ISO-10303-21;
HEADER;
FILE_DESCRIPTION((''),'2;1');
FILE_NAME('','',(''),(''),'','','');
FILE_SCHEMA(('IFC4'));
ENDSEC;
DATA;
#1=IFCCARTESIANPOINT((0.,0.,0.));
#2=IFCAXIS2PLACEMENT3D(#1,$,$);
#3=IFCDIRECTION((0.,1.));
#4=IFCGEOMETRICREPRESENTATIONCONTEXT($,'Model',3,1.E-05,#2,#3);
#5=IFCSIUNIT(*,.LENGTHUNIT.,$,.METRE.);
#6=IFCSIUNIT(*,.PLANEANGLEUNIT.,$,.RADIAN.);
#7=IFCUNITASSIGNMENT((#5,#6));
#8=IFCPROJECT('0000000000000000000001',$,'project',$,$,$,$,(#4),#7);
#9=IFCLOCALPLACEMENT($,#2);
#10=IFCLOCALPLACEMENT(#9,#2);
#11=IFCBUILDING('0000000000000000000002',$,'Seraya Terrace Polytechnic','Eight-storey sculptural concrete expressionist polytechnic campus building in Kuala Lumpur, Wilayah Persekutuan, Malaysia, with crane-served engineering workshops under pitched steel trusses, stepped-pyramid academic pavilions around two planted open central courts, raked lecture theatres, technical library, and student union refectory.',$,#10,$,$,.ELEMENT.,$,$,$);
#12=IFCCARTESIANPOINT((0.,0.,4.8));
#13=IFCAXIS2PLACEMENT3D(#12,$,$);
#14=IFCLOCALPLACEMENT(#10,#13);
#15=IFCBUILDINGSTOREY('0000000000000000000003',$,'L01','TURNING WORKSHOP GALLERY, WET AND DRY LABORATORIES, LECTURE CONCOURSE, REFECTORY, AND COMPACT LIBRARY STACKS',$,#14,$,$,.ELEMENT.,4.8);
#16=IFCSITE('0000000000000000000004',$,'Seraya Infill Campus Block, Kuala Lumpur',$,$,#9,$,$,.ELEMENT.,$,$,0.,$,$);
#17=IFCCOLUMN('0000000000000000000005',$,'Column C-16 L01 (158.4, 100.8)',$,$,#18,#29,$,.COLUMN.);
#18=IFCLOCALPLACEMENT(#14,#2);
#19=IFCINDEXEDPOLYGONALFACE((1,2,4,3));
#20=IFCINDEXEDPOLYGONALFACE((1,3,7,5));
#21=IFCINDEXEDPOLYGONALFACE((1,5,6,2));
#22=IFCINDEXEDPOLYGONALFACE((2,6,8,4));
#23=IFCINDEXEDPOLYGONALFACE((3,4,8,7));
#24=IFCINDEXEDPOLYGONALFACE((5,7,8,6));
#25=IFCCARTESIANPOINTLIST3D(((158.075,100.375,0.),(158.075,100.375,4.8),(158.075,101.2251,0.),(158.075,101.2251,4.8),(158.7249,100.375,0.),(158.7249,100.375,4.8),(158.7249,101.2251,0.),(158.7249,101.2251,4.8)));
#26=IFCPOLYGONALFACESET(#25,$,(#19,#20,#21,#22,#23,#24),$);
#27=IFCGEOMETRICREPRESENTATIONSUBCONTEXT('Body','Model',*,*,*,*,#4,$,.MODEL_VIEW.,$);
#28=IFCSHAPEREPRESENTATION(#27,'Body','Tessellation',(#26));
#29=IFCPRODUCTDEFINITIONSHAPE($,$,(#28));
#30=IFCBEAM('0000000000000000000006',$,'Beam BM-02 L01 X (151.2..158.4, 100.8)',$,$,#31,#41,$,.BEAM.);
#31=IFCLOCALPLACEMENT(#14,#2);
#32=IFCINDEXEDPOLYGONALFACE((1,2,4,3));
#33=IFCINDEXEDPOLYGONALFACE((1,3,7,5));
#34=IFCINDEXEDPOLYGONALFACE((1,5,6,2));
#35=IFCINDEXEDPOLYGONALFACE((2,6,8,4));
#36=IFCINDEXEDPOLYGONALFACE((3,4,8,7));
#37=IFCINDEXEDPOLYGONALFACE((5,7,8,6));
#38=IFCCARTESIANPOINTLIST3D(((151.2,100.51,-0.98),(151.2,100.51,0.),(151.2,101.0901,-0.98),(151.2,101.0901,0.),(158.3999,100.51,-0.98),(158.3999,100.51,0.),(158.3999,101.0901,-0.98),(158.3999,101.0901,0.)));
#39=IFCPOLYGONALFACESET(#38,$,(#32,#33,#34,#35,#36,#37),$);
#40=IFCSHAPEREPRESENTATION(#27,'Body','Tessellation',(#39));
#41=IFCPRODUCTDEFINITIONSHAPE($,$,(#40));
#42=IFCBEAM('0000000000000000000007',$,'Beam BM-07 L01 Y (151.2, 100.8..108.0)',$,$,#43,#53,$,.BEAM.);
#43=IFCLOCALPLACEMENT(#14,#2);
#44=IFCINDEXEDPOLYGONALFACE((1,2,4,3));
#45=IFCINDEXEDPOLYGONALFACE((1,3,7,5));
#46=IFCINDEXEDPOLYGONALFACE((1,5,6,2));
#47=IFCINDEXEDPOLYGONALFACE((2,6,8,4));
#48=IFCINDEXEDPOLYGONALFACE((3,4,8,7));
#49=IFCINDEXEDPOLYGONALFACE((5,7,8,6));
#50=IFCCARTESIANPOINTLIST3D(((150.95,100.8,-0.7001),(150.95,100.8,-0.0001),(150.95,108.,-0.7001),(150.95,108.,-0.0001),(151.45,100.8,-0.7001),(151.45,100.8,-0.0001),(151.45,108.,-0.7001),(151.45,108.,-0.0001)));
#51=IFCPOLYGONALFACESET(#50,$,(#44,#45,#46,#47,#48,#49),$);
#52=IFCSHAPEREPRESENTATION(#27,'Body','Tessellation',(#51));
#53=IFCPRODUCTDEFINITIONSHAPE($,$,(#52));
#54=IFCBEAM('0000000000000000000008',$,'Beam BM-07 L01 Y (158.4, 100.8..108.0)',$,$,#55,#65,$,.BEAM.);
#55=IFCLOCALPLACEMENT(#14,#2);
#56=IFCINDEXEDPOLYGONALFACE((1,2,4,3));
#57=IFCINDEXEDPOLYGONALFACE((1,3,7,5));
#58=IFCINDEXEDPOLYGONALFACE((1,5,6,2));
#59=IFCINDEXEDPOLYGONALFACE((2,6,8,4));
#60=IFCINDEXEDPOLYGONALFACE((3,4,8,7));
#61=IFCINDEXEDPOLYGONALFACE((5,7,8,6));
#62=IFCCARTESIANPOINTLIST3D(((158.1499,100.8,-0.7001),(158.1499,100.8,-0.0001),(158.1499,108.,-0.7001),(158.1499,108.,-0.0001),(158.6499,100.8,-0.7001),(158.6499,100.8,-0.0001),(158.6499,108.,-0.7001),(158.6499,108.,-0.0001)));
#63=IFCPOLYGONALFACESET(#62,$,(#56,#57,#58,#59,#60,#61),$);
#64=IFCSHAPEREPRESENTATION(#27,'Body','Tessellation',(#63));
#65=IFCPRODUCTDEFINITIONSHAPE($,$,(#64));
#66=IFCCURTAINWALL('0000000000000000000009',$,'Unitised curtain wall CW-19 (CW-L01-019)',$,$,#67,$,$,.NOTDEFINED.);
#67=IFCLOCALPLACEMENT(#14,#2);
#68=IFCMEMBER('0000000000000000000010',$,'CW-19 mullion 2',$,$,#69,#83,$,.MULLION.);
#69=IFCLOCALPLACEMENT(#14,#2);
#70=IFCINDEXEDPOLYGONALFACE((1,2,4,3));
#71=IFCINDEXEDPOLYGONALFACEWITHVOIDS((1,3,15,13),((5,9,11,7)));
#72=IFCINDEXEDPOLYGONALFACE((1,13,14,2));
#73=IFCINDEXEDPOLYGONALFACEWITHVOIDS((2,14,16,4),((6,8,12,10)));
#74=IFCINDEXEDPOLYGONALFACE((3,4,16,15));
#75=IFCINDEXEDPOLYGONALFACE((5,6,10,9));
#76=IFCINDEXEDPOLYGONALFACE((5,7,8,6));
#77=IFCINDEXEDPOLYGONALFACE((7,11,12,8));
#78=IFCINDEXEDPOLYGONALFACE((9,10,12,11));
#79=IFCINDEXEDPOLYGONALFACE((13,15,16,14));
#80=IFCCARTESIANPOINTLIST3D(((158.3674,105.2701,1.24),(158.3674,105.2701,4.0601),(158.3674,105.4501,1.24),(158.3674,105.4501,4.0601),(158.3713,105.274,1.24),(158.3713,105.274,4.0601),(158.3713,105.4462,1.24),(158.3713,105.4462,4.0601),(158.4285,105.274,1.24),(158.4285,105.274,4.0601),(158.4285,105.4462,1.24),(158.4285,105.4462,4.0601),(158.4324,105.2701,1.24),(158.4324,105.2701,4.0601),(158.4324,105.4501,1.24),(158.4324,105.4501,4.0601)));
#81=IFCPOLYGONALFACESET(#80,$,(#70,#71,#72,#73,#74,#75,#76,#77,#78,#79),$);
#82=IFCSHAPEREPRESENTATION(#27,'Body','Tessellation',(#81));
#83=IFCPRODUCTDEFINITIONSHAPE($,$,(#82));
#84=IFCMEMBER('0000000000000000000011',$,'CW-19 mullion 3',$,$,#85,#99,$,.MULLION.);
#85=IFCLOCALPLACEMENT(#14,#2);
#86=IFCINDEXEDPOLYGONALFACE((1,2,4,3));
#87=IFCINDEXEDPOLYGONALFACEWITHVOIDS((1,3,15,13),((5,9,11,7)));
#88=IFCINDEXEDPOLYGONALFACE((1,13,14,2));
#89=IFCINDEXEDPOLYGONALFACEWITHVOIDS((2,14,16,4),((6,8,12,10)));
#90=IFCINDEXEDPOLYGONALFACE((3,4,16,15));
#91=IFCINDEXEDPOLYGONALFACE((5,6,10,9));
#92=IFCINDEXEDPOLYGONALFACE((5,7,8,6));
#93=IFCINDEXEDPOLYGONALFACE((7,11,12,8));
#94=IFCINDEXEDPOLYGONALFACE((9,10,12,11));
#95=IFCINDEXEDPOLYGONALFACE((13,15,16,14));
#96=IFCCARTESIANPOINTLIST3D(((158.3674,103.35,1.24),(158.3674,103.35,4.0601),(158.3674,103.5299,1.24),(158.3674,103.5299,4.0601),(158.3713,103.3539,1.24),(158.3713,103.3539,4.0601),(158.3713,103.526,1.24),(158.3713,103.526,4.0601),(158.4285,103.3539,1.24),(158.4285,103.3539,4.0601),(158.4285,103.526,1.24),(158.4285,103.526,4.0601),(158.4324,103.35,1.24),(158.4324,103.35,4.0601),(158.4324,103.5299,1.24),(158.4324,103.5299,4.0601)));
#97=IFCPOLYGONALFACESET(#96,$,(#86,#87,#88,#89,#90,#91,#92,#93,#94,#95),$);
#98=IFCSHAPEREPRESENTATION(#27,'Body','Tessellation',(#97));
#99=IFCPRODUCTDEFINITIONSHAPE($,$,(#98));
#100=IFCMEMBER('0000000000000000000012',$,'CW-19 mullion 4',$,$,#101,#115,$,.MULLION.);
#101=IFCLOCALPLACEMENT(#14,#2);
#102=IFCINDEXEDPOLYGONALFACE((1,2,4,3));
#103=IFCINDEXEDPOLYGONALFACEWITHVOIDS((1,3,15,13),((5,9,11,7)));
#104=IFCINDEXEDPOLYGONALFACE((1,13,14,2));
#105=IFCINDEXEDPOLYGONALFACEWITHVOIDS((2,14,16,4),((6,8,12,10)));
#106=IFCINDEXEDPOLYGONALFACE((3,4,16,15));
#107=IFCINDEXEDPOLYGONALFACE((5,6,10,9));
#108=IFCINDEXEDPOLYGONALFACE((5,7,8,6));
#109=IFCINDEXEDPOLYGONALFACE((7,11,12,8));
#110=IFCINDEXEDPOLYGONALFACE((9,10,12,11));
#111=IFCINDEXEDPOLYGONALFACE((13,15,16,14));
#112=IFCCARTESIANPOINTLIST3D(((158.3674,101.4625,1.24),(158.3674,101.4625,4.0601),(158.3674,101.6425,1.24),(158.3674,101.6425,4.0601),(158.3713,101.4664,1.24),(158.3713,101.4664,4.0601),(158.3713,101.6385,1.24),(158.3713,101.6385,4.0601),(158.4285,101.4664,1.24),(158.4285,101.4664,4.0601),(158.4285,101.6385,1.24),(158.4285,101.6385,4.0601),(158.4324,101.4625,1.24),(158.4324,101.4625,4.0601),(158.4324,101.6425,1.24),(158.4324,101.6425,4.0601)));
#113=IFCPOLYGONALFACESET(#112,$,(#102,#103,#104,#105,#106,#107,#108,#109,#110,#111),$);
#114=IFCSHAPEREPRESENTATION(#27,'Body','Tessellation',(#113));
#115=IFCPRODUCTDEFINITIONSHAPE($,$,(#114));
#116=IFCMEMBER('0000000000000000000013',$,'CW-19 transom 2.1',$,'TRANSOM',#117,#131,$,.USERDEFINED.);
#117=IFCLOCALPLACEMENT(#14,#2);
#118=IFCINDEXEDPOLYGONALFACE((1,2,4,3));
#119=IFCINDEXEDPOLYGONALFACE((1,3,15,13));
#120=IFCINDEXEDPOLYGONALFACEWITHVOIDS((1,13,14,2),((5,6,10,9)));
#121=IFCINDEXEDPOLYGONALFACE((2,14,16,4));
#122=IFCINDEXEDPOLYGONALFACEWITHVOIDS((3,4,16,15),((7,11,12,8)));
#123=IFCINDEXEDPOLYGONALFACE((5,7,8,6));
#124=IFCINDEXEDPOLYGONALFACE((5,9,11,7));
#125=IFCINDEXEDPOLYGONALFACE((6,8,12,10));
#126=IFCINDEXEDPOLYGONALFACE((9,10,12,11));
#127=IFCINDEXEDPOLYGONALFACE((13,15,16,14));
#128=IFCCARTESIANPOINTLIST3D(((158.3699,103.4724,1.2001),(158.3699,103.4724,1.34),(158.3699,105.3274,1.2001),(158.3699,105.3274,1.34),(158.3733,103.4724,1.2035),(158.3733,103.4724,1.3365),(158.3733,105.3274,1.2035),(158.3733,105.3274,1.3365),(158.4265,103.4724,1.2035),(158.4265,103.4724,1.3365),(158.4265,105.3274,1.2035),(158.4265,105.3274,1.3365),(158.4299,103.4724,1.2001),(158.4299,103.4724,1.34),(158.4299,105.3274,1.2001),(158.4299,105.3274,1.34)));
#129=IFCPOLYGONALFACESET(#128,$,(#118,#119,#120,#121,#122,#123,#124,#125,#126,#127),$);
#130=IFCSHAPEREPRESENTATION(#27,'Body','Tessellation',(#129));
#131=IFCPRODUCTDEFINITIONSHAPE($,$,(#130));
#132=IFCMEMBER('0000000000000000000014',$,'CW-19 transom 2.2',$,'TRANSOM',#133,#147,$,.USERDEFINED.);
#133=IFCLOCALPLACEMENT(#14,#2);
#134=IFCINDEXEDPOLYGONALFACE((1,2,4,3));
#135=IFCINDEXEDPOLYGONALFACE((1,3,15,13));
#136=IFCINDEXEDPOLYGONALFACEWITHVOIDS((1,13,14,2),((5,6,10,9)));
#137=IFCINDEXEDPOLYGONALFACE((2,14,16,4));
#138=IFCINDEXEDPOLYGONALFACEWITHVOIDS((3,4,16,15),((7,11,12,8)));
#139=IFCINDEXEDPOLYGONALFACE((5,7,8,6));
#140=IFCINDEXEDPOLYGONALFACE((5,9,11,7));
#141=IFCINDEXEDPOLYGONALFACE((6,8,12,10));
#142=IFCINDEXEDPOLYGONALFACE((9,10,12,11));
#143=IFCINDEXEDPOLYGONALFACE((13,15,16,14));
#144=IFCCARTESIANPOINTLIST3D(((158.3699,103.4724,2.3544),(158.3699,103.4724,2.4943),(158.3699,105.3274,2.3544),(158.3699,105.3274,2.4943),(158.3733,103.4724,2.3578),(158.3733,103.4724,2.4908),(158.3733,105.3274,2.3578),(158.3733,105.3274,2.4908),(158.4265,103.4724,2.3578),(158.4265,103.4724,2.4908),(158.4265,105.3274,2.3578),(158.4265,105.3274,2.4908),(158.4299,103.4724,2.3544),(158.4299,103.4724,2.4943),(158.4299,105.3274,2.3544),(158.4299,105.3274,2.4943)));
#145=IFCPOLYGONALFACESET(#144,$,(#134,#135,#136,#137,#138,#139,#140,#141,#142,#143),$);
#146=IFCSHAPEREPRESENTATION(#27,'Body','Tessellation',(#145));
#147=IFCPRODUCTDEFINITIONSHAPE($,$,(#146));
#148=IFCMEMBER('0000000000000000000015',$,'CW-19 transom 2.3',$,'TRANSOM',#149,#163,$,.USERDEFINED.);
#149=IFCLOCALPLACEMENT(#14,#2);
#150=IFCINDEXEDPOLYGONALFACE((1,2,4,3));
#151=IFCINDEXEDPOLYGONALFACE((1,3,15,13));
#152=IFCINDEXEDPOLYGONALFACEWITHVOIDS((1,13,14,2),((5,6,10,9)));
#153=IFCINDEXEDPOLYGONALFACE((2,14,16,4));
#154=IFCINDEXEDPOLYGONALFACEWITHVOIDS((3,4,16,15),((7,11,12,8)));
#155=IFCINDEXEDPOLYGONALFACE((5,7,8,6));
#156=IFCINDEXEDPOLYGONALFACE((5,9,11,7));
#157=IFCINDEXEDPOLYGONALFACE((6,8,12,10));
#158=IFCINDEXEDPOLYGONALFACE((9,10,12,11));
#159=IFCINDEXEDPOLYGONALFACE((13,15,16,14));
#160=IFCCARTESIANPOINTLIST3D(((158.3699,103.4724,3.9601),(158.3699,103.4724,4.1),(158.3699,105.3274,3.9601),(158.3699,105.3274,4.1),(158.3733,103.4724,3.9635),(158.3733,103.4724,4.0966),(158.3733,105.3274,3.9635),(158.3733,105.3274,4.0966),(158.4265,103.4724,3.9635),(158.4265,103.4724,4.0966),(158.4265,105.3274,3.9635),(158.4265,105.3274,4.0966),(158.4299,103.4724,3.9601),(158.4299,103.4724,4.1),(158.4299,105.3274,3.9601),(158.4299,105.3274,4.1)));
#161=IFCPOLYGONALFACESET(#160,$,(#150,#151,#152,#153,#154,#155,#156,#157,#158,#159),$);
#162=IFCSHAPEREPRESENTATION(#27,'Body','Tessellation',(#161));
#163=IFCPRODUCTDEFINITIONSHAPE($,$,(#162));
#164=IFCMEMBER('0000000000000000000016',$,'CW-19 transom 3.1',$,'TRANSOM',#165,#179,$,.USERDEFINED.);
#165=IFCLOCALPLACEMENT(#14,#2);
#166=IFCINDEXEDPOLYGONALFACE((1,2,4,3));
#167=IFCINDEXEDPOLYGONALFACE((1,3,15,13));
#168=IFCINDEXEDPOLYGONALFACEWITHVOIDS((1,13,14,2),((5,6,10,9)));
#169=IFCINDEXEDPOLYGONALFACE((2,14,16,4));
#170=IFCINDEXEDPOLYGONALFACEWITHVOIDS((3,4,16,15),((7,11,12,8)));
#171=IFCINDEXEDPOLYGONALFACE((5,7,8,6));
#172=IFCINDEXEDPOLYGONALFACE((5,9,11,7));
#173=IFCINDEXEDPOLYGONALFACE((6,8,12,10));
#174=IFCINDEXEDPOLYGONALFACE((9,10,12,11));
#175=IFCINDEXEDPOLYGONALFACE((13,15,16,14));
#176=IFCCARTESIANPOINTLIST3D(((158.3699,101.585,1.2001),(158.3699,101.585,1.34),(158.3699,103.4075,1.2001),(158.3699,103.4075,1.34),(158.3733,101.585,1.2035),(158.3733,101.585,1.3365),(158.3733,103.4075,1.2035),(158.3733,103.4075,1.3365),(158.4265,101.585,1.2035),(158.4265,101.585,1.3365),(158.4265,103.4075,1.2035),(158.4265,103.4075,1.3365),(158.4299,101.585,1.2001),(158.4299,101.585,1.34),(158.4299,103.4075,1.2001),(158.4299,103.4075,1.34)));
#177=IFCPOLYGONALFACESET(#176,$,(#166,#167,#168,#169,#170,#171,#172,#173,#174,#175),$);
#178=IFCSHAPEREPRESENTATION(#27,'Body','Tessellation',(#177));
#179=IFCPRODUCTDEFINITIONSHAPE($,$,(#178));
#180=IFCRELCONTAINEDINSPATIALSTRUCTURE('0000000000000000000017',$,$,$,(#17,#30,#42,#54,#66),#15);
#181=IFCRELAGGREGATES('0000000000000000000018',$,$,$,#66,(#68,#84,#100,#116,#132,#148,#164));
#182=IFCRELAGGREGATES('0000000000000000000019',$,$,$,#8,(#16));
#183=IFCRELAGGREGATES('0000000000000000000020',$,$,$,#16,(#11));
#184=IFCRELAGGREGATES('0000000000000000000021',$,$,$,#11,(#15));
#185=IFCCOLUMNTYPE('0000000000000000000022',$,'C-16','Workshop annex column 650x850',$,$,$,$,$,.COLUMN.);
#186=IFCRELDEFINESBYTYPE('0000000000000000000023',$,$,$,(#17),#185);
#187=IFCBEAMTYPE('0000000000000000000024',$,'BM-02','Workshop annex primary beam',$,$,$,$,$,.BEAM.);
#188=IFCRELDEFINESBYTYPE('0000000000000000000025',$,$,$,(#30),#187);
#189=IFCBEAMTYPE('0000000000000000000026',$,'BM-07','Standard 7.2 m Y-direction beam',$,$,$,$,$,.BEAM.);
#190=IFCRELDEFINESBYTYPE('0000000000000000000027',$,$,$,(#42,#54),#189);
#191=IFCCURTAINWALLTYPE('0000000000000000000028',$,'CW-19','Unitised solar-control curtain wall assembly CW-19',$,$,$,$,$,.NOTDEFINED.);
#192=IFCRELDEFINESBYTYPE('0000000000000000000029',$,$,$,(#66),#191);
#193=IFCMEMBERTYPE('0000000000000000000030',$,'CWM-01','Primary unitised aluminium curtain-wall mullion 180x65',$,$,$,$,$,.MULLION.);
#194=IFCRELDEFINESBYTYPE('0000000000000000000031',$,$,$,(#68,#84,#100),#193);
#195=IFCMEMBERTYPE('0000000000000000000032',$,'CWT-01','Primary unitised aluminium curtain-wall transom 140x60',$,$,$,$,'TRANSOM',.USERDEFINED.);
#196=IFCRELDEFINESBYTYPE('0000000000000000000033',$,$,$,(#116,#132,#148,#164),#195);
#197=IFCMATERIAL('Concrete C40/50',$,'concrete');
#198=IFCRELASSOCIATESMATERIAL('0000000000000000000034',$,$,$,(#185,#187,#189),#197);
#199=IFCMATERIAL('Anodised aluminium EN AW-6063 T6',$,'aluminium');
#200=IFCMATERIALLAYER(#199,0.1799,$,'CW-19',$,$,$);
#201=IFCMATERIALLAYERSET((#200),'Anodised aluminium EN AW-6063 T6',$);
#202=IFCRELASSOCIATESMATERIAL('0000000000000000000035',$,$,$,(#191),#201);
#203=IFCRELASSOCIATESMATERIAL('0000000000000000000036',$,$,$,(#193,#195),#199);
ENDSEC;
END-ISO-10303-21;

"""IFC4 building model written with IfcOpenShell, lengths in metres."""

from ifc_helpers import new_model, si_unit, direction, frame, origin, origin_2d, place, context, subcontext, project, spatial, rectangle, hollow_rectangle, extrude, material, layer, layer_set, material_profile, profile_set, type_object, element, aggregate, save


model = new_model("IFC4")

# Units and contexts
model_context = context("Model", 3, precision=1e-05, world=origin(), true_north=direction((0.0, 1.0)))
body_context = subcontext(model_context, "Body", "Model", "MODEL_VIEW")
ifc_project = project(units=[si_unit("LENGTHUNIT", "METRE"), si_unit("PLANEANGLEUNIT", "RADIAN")], contexts=[model_context])

# Site, building, storey
site_placement = place(None, origin())
site = spatial("IfcSite", under=ifc_project, at=site_placement, Name="Seraya Infill Campus Block, Kuala Lumpur", CompositionType="ELEMENT", RefElevation=0.0)
building_placement = place(site_placement, origin())
building = spatial("IfcBuilding", under=site, at=building_placement, Name="Seraya Terrace Polytechnic", Description="Eight-storey sculptural concrete expressionist polytechnic campus building in Kuala Lumpur, Wilayah Persekutuan, Malaysia, with crane-served engineering workshops under pitched steel trusses, stepped-pyramid academic pavilions around two planted open central courts, raked lecture theatres, technical library, and student union refectory.", CompositionType="ELEMENT")
storey_placement = place(building_placement, frame((0.0, 0.0, 4.8)))
storey = spatial("IfcBuildingStorey", under=building, at=storey_placement, Name="L01", Description="TURNING WORKSHOP GALLERY, WET AND DRY LABORATORIES, LECTURE CONCOURSE, REFECTORY, AND COMPACT LIBRARY STACKS", CompositionType="ELEMENT", Elevation=4.8)

# Column
ifc_material_1 = material(Name="Concrete C40/50", Category="concrete")
ifc_material_profile_1 = material_profile(ifc_material_1, rectangle(XDim=0.6499, YDim=0.8501, at=origin_2d()), Name="RC 650x850")
ifc_profile_set_1 = profile_set([ifc_material_profile_1], Name="Concrete C40/50")
column_type = type_object("IfcColumnType", Name="C-16", Description="Workshop annex column 650x850", PredefinedType="COLUMN", material=ifc_profile_set_1)
column_placement = place(storey_placement, frame((158.3999, 100.8, 0.0), z_axis=(0.0, 0.0, 1.0), x_axis=(1.0, 0.0, 0.0)))
element("IfcColumn", 1, at=column_placement, inside=storey, type_object=column_type, Name="Column C-16 L01 (158.4, 100.8)", PredefinedType="COLUMN", context=body_context, shape_type="SweptSolid", body=[
    extrude(rectangle(XDim=0.6499, YDim=0.8501, at=origin_2d()), origin(), (0.0, 0.0, 1.0), 4.8),
])

# Beams
ifc_material_profile_2 = material_profile(ifc_material_1, rectangle(XDim=0.5801, YDim=0.98, at=origin_2d()), Name="RC 580x980")
ifc_profile_set_2 = profile_set([ifc_material_profile_2], Name="Concrete C40/50")
beam_type_1 = type_object("IfcBeamType", Name="BM-02", Description="Workshop annex primary beam", PredefinedType="BEAM", material=ifc_profile_set_2)
beam_1_placement = place(storey_placement, frame((151.2, 100.8, -0.49), z_axis=(1.0, 0.0, 0.0), x_axis=(0.0, 1.0, 0.0)))
element("IfcBeam", 2, at=beam_1_placement, inside=storey, type_object=beam_type_1, Name="Beam BM-02 L01 X (151.2..158.4, 100.8)", PredefinedType="BEAM", context=body_context, shape_type="SweptSolid", body=[
    extrude(rectangle(XDim=0.5801, YDim=0.98, at=origin_2d()), origin(), (0.0, 0.0, 1.0), 7.2),
])
ifc_material_profile_3 = material_profile(ifc_material_1, rectangle(XDim=0.5, YDim=0.7, at=origin_2d()), Name="RC 500x700")
ifc_profile_set_3 = profile_set([ifc_material_profile_3], Name="Concrete C40/50")
beam_type_2 = type_object("IfcBeamType", Name="BM-07", Description="Standard 7.2 m Y-direction beam", PredefinedType="BEAM", material=ifc_profile_set_3)
for number, where, z_axis, x_axis, name in (
    (3, (151.2, 100.8, -0.3501), (0.0, 1.0, 0.0), (-1.0, 0.0, 0.0), "Beam BM-07 L01 Y (151.2, 100.8..108.0)"),
    (4, (158.3999, 100.8, -0.3501), (0.0, 1.0, 0.0), (-1.0, 0.0, 0.0), "Beam BM-07 L01 Y (158.4, 100.8..108.0)"),
):
    element("IfcBeam", number, at=place(storey_placement, frame(where, z_axis=z_axis, x_axis=x_axis)), inside=storey, type_object=beam_type_2, Name=name, PredefinedType="BEAM", context=body_context, shape_type="SweptSolid", body=[
        extrude(rectangle(XDim=0.5, YDim=0.7, at=origin_2d()), origin(), (0.0, 0.0, 1.0), 7.2),
    ])

# Curtain wall, members
ifc_material_2 = material(Name="Anodised aluminium EN AW-6063 T6", Category="aluminium")
ifc_layer_1 = layer(ifc_material_2, 0.1799, Name="CW-19")
ifc_layer_set_1 = layer_set([ifc_layer_1], Name="Anodised aluminium EN AW-6063 T6")
curtain_wall_type = type_object("IfcCurtainWallType", Name="CW-19", Description="Unitised solar-control curtain wall assembly CW-19", PredefinedType="NOTDEFINED", material=ifc_layer_set_1)
curtain_wall_placement = place(storey_placement, origin())
curtain_wall = element("IfcCurtainWall", 5, at=curtain_wall_placement, inside=storey, type_object=curtain_wall_type, Name="Unitised curtain wall CW-19 (CW-L01-019)", PredefinedType="NOTDEFINED")
ifc_material_profile_4 = material_profile(ifc_material_2, hollow_rectangle(XDim=0.0649, YDim=0.1799, WallThickness=0.0039, at=origin_2d()), Name="RHS 180x65x4.0")
ifc_profile_set_4 = profile_set([ifc_material_profile_4], Name="Anodised aluminium EN AW-6063 T6")
member_type_1 = type_object("IfcMemberType", Name="CWM-01", Description="Primary unitised aluminium curtain-wall mullion 180x65", PredefinedType="MULLION", material=ifc_profile_set_4)
member_1_placement = place(storey_placement, frame((158.3999, 105.3601, 1.24), z_axis=(0.0, 0.0, 1.0), x_axis=(1.0, 0.0, 0.0)))
member_1 = element("IfcMember", 6, at=member_1_placement, type_object=member_type_1, Name="CW-19 mullion 2", PredefinedType="MULLION", context=body_context, shape_type="SweptSolid", body=[
    extrude(hollow_rectangle(XDim=0.0649, YDim=0.1799, WallThickness=0.0039, at=origin_2d()), origin(), (0.0, 0.0, 1.0), 2.8201),
])
member_2_placement = place(storey_placement, frame((158.3999, 103.4399, 1.24), z_axis=(0.0, 0.0, 1.0), x_axis=(1.0, 0.0, 0.0)))
member_2 = element("IfcMember", 7, at=member_2_placement, type_object=member_type_1, Name="CW-19 mullion 3", PredefinedType="MULLION", context=body_context, shape_type="SweptSolid", body=[
    extrude(hollow_rectangle(XDim=0.0649, YDim=0.1799, WallThickness=0.0039, at=origin_2d()), origin(), (0.0, 0.0, 1.0), 2.8201),
])
member_3_placement = place(storey_placement, frame((158.3999, 101.5525, 1.24), z_axis=(0.0, 0.0, 1.0), x_axis=(1.0, 0.0, 0.0)))
member_3 = element("IfcMember", 8, at=member_3_placement, type_object=member_type_1, Name="CW-19 mullion 4", PredefinedType="MULLION", context=body_context, shape_type="SweptSolid", body=[
    extrude(hollow_rectangle(XDim=0.0649, YDim=0.1799, WallThickness=0.0039, at=origin_2d()), origin(), (0.0, 0.0, 1.0), 2.8201),
])
ifc_material_profile_5 = material_profile(ifc_material_2, hollow_rectangle(XDim=0.0601, YDim=0.1399, WallThickness=0.0034, at=origin_2d()), Name="RHS 140x60x3.5")
ifc_profile_set_5 = profile_set([ifc_material_profile_5], Name="Anodised aluminium EN AW-6063 T6")
member_type_2 = type_object("IfcMemberType", Name="CWT-01", Description="Primary unitised aluminium curtain-wall transom 140x60", ElementType="TRANSOM", PredefinedType="USERDEFINED", material=ifc_profile_set_5)
member_4_placement = place(storey_placement, frame((158.3999, 105.3274, 1.27), z_axis=(0.0, -1.0, 0.0), x_axis=(1.0, 0.0, 0.0)))
member_4 = element("IfcMember", 9, at=member_4_placement, type_object=member_type_2, Name="CW-19 transom 2.1", ObjectType="TRANSOM", PredefinedType="USERDEFINED", context=body_context, shape_type="SweptSolid", body=[
    extrude(hollow_rectangle(XDim=0.0601, YDim=0.1399, WallThickness=0.0034, at=origin_2d()), origin(), (0.0, 0.0, 1.0), 1.855),
])
member_5_placement = place(storey_placement, frame((158.3999, 105.3274, 2.4243), z_axis=(0.0, -1.0, 0.0), x_axis=(1.0, 0.0, 0.0)))
member_5 = element("IfcMember", 10, at=member_5_placement, type_object=member_type_2, Name="CW-19 transom 2.2", ObjectType="TRANSOM", PredefinedType="USERDEFINED", context=body_context, shape_type="SweptSolid", body=[
    extrude(hollow_rectangle(XDim=0.0601, YDim=0.1399, WallThickness=0.0034, at=origin_2d()), origin(), (0.0, 0.0, 1.0), 1.855),
])
member_6_placement = place(storey_placement, frame((158.3999, 105.3274, 4.03), z_axis=(0.0, -1.0, 0.0), x_axis=(1.0, 0.0, 0.0)))
member_6 = element("IfcMember", 11, at=member_6_placement, type_object=member_type_2, Name="CW-19 transom 2.3", ObjectType="TRANSOM", PredefinedType="USERDEFINED", context=body_context, shape_type="SweptSolid", body=[
    extrude(hollow_rectangle(XDim=0.0601, YDim=0.1399, WallThickness=0.0034, at=origin_2d()), origin(), (0.0, 0.0, 1.0), 1.855),
])
member_7_placement = place(storey_placement, frame((158.3999, 103.4075, 1.27), z_axis=(0.0, -1.0, 0.0), x_axis=(1.0, 0.0, 0.0)))
member_7 = element("IfcMember", 12, at=member_7_placement, type_object=member_type_2, Name="CW-19 transom 3.1", ObjectType="TRANSOM", PredefinedType="USERDEFINED", context=body_context, shape_type="SweptSolid", body=[
    extrude(hollow_rectangle(XDim=0.0601, YDim=0.1399, WallThickness=0.0034, at=origin_2d()), origin(), (0.0, 0.0, 1.0), 1.8225),
])

aggregate(curtain_wall, [member_1, member_2, member_3, member_4, member_5, member_6, member_7])

save(model, "model.ifc")
